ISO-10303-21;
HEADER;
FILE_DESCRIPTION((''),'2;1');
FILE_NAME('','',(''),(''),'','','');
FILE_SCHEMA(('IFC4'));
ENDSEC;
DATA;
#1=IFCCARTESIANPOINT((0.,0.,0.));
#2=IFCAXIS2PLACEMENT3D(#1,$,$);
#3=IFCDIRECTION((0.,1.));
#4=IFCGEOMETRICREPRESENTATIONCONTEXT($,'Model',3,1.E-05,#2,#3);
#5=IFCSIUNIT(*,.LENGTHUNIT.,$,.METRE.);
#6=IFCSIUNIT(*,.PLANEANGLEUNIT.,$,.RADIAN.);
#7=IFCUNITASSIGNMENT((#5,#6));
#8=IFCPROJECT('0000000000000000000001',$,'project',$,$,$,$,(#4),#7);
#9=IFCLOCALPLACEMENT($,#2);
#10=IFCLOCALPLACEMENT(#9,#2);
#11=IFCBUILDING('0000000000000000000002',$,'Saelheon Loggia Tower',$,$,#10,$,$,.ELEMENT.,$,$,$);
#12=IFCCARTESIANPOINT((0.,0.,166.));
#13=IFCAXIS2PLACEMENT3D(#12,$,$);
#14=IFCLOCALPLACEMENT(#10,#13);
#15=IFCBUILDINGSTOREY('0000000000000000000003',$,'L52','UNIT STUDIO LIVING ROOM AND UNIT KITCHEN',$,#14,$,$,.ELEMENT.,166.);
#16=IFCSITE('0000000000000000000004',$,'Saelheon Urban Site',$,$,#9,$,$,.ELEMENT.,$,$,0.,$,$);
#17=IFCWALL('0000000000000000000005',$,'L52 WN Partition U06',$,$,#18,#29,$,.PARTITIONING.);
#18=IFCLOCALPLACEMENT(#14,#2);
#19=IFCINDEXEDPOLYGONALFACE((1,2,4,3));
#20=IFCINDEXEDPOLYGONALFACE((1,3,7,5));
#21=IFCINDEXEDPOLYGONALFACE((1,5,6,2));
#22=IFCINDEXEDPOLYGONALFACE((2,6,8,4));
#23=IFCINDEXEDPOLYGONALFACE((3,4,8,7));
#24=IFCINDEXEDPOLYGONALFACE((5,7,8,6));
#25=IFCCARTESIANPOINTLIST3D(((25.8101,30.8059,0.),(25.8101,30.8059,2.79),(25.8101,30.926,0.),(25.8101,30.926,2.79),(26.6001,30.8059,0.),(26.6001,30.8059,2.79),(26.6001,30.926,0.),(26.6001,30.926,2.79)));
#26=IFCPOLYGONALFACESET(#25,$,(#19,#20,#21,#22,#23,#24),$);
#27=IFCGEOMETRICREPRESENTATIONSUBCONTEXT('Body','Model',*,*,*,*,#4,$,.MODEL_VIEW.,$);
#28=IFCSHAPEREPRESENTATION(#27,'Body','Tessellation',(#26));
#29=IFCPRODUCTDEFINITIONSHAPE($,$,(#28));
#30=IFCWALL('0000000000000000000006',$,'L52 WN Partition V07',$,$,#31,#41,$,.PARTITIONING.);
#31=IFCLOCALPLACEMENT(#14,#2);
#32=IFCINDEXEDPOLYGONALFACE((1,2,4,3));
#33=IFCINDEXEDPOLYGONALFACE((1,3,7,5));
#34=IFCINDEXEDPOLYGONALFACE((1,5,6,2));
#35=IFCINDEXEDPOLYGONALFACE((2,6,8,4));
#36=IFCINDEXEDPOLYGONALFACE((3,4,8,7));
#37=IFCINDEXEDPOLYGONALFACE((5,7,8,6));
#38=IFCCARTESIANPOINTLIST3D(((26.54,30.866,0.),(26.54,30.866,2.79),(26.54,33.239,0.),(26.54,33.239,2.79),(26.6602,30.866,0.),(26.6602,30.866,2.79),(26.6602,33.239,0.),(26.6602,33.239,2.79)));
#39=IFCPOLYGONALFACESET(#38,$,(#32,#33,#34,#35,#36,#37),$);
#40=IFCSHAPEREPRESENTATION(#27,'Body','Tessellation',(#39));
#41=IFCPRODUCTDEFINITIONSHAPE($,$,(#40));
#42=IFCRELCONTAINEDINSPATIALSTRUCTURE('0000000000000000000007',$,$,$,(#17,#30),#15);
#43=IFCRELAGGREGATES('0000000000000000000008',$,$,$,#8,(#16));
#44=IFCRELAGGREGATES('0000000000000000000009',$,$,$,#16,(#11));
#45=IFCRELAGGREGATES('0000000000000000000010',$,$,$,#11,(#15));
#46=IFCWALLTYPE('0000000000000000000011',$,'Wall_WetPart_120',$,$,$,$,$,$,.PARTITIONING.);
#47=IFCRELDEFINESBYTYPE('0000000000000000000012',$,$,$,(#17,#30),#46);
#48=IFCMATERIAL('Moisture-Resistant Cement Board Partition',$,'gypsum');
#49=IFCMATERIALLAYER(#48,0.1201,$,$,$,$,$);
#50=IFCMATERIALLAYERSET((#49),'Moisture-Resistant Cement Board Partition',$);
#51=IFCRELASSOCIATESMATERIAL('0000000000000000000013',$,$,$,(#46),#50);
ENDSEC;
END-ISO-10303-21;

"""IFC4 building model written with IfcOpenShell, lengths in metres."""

from ifc_helpers import new_model, si_unit, direction, frame, frame_2d, origin, place, context, subcontext, project, spatial, rectangle, extrude, material, layer, layer_set, type_object, element, save


model = new_model("IFC4")

# Units and contexts
model_context = context("Model", 3, precision=1e-05, world=origin(), true_north=direction((0.0, 1.0)))
body_context = subcontext(model_context, "Body", "Model", "MODEL_VIEW")
ifc_project = project(units=[si_unit("LENGTHUNIT", "METRE"), si_unit("PLANEANGLEUNIT", "RADIAN")], contexts=[model_context])

# Site, building, storey
site_placement = place(None, origin())
site = spatial("IfcSite", under=ifc_project, at=site_placement, Name="Saelheon Urban Site", CompositionType="ELEMENT", RefElevation=0.0)
building_placement = place(site_placement, origin())
building = spatial("IfcBuilding", under=site, at=building_placement, Name="Saelheon Loggia Tower", CompositionType="ELEMENT")
storey_placement = place(building_placement, frame((0.0, 0.0, 166.0)))
storey = spatial("IfcBuildingStorey", under=building, at=storey_placement, Name="L52", Description="UNIT STUDIO LIVING ROOM AND UNIT KITCHEN", CompositionType="ELEMENT", Elevation=166.0)

# Shared definitions
ifc_material_1 = material(Name="Moisture-Resistant Cement Board Partition", Category="gypsum")
ifc_layer_1 = layer(ifc_material_1, 0.1201)
ifc_layer_set_1 = layer_set([ifc_layer_1], Name="Moisture-Resistant Cement Board Partition")
wall_type_1 = type_object("IfcWallType", Name="Wall_WetPart_120", PredefinedType="PARTITIONING", material=ifc_layer_set_1)

# Walls
wall_1_placement = place(storey_placement, frame((26.6001, 30.866, 0.0), z_axis=(0.0, 0.0, 1.0), x_axis=(-1.0, 0.0, 0.0)))
element("IfcWall", 1, at=wall_1_placement, inside=storey, type_object=wall_type_1, Name="L52 WN Partition U06", PredefinedType="PARTITIONING", context=body_context, shape_type="SweptSolid", body=[
    extrude(rectangle(XDim=0.79, YDim=0.1201, at=frame_2d((0.395, 0.0))), origin(), (0.0, 0.0, 1.0), 2.79),
])
wall_2_placement = place(storey_placement, frame((26.6001, 30.866, 0.0), z_axis=(0.0, 0.0, 1.0), x_axis=(0.0, 1.0, 0.0)))
element("IfcWall", 2, at=wall_2_placement, inside=storey, type_object=wall_type_1, Name="L52 WN Partition V07", PredefinedType="PARTITIONING", context=body_context, shape_type="SweptSolid", body=[
    extrude(rectangle(XDim=2.373, YDim=0.1201, at=frame_2d((1.1865, 0.0))), origin(), (0.0, 0.0, 1.0), 2.79),
])

save(model, "model.ifc")
